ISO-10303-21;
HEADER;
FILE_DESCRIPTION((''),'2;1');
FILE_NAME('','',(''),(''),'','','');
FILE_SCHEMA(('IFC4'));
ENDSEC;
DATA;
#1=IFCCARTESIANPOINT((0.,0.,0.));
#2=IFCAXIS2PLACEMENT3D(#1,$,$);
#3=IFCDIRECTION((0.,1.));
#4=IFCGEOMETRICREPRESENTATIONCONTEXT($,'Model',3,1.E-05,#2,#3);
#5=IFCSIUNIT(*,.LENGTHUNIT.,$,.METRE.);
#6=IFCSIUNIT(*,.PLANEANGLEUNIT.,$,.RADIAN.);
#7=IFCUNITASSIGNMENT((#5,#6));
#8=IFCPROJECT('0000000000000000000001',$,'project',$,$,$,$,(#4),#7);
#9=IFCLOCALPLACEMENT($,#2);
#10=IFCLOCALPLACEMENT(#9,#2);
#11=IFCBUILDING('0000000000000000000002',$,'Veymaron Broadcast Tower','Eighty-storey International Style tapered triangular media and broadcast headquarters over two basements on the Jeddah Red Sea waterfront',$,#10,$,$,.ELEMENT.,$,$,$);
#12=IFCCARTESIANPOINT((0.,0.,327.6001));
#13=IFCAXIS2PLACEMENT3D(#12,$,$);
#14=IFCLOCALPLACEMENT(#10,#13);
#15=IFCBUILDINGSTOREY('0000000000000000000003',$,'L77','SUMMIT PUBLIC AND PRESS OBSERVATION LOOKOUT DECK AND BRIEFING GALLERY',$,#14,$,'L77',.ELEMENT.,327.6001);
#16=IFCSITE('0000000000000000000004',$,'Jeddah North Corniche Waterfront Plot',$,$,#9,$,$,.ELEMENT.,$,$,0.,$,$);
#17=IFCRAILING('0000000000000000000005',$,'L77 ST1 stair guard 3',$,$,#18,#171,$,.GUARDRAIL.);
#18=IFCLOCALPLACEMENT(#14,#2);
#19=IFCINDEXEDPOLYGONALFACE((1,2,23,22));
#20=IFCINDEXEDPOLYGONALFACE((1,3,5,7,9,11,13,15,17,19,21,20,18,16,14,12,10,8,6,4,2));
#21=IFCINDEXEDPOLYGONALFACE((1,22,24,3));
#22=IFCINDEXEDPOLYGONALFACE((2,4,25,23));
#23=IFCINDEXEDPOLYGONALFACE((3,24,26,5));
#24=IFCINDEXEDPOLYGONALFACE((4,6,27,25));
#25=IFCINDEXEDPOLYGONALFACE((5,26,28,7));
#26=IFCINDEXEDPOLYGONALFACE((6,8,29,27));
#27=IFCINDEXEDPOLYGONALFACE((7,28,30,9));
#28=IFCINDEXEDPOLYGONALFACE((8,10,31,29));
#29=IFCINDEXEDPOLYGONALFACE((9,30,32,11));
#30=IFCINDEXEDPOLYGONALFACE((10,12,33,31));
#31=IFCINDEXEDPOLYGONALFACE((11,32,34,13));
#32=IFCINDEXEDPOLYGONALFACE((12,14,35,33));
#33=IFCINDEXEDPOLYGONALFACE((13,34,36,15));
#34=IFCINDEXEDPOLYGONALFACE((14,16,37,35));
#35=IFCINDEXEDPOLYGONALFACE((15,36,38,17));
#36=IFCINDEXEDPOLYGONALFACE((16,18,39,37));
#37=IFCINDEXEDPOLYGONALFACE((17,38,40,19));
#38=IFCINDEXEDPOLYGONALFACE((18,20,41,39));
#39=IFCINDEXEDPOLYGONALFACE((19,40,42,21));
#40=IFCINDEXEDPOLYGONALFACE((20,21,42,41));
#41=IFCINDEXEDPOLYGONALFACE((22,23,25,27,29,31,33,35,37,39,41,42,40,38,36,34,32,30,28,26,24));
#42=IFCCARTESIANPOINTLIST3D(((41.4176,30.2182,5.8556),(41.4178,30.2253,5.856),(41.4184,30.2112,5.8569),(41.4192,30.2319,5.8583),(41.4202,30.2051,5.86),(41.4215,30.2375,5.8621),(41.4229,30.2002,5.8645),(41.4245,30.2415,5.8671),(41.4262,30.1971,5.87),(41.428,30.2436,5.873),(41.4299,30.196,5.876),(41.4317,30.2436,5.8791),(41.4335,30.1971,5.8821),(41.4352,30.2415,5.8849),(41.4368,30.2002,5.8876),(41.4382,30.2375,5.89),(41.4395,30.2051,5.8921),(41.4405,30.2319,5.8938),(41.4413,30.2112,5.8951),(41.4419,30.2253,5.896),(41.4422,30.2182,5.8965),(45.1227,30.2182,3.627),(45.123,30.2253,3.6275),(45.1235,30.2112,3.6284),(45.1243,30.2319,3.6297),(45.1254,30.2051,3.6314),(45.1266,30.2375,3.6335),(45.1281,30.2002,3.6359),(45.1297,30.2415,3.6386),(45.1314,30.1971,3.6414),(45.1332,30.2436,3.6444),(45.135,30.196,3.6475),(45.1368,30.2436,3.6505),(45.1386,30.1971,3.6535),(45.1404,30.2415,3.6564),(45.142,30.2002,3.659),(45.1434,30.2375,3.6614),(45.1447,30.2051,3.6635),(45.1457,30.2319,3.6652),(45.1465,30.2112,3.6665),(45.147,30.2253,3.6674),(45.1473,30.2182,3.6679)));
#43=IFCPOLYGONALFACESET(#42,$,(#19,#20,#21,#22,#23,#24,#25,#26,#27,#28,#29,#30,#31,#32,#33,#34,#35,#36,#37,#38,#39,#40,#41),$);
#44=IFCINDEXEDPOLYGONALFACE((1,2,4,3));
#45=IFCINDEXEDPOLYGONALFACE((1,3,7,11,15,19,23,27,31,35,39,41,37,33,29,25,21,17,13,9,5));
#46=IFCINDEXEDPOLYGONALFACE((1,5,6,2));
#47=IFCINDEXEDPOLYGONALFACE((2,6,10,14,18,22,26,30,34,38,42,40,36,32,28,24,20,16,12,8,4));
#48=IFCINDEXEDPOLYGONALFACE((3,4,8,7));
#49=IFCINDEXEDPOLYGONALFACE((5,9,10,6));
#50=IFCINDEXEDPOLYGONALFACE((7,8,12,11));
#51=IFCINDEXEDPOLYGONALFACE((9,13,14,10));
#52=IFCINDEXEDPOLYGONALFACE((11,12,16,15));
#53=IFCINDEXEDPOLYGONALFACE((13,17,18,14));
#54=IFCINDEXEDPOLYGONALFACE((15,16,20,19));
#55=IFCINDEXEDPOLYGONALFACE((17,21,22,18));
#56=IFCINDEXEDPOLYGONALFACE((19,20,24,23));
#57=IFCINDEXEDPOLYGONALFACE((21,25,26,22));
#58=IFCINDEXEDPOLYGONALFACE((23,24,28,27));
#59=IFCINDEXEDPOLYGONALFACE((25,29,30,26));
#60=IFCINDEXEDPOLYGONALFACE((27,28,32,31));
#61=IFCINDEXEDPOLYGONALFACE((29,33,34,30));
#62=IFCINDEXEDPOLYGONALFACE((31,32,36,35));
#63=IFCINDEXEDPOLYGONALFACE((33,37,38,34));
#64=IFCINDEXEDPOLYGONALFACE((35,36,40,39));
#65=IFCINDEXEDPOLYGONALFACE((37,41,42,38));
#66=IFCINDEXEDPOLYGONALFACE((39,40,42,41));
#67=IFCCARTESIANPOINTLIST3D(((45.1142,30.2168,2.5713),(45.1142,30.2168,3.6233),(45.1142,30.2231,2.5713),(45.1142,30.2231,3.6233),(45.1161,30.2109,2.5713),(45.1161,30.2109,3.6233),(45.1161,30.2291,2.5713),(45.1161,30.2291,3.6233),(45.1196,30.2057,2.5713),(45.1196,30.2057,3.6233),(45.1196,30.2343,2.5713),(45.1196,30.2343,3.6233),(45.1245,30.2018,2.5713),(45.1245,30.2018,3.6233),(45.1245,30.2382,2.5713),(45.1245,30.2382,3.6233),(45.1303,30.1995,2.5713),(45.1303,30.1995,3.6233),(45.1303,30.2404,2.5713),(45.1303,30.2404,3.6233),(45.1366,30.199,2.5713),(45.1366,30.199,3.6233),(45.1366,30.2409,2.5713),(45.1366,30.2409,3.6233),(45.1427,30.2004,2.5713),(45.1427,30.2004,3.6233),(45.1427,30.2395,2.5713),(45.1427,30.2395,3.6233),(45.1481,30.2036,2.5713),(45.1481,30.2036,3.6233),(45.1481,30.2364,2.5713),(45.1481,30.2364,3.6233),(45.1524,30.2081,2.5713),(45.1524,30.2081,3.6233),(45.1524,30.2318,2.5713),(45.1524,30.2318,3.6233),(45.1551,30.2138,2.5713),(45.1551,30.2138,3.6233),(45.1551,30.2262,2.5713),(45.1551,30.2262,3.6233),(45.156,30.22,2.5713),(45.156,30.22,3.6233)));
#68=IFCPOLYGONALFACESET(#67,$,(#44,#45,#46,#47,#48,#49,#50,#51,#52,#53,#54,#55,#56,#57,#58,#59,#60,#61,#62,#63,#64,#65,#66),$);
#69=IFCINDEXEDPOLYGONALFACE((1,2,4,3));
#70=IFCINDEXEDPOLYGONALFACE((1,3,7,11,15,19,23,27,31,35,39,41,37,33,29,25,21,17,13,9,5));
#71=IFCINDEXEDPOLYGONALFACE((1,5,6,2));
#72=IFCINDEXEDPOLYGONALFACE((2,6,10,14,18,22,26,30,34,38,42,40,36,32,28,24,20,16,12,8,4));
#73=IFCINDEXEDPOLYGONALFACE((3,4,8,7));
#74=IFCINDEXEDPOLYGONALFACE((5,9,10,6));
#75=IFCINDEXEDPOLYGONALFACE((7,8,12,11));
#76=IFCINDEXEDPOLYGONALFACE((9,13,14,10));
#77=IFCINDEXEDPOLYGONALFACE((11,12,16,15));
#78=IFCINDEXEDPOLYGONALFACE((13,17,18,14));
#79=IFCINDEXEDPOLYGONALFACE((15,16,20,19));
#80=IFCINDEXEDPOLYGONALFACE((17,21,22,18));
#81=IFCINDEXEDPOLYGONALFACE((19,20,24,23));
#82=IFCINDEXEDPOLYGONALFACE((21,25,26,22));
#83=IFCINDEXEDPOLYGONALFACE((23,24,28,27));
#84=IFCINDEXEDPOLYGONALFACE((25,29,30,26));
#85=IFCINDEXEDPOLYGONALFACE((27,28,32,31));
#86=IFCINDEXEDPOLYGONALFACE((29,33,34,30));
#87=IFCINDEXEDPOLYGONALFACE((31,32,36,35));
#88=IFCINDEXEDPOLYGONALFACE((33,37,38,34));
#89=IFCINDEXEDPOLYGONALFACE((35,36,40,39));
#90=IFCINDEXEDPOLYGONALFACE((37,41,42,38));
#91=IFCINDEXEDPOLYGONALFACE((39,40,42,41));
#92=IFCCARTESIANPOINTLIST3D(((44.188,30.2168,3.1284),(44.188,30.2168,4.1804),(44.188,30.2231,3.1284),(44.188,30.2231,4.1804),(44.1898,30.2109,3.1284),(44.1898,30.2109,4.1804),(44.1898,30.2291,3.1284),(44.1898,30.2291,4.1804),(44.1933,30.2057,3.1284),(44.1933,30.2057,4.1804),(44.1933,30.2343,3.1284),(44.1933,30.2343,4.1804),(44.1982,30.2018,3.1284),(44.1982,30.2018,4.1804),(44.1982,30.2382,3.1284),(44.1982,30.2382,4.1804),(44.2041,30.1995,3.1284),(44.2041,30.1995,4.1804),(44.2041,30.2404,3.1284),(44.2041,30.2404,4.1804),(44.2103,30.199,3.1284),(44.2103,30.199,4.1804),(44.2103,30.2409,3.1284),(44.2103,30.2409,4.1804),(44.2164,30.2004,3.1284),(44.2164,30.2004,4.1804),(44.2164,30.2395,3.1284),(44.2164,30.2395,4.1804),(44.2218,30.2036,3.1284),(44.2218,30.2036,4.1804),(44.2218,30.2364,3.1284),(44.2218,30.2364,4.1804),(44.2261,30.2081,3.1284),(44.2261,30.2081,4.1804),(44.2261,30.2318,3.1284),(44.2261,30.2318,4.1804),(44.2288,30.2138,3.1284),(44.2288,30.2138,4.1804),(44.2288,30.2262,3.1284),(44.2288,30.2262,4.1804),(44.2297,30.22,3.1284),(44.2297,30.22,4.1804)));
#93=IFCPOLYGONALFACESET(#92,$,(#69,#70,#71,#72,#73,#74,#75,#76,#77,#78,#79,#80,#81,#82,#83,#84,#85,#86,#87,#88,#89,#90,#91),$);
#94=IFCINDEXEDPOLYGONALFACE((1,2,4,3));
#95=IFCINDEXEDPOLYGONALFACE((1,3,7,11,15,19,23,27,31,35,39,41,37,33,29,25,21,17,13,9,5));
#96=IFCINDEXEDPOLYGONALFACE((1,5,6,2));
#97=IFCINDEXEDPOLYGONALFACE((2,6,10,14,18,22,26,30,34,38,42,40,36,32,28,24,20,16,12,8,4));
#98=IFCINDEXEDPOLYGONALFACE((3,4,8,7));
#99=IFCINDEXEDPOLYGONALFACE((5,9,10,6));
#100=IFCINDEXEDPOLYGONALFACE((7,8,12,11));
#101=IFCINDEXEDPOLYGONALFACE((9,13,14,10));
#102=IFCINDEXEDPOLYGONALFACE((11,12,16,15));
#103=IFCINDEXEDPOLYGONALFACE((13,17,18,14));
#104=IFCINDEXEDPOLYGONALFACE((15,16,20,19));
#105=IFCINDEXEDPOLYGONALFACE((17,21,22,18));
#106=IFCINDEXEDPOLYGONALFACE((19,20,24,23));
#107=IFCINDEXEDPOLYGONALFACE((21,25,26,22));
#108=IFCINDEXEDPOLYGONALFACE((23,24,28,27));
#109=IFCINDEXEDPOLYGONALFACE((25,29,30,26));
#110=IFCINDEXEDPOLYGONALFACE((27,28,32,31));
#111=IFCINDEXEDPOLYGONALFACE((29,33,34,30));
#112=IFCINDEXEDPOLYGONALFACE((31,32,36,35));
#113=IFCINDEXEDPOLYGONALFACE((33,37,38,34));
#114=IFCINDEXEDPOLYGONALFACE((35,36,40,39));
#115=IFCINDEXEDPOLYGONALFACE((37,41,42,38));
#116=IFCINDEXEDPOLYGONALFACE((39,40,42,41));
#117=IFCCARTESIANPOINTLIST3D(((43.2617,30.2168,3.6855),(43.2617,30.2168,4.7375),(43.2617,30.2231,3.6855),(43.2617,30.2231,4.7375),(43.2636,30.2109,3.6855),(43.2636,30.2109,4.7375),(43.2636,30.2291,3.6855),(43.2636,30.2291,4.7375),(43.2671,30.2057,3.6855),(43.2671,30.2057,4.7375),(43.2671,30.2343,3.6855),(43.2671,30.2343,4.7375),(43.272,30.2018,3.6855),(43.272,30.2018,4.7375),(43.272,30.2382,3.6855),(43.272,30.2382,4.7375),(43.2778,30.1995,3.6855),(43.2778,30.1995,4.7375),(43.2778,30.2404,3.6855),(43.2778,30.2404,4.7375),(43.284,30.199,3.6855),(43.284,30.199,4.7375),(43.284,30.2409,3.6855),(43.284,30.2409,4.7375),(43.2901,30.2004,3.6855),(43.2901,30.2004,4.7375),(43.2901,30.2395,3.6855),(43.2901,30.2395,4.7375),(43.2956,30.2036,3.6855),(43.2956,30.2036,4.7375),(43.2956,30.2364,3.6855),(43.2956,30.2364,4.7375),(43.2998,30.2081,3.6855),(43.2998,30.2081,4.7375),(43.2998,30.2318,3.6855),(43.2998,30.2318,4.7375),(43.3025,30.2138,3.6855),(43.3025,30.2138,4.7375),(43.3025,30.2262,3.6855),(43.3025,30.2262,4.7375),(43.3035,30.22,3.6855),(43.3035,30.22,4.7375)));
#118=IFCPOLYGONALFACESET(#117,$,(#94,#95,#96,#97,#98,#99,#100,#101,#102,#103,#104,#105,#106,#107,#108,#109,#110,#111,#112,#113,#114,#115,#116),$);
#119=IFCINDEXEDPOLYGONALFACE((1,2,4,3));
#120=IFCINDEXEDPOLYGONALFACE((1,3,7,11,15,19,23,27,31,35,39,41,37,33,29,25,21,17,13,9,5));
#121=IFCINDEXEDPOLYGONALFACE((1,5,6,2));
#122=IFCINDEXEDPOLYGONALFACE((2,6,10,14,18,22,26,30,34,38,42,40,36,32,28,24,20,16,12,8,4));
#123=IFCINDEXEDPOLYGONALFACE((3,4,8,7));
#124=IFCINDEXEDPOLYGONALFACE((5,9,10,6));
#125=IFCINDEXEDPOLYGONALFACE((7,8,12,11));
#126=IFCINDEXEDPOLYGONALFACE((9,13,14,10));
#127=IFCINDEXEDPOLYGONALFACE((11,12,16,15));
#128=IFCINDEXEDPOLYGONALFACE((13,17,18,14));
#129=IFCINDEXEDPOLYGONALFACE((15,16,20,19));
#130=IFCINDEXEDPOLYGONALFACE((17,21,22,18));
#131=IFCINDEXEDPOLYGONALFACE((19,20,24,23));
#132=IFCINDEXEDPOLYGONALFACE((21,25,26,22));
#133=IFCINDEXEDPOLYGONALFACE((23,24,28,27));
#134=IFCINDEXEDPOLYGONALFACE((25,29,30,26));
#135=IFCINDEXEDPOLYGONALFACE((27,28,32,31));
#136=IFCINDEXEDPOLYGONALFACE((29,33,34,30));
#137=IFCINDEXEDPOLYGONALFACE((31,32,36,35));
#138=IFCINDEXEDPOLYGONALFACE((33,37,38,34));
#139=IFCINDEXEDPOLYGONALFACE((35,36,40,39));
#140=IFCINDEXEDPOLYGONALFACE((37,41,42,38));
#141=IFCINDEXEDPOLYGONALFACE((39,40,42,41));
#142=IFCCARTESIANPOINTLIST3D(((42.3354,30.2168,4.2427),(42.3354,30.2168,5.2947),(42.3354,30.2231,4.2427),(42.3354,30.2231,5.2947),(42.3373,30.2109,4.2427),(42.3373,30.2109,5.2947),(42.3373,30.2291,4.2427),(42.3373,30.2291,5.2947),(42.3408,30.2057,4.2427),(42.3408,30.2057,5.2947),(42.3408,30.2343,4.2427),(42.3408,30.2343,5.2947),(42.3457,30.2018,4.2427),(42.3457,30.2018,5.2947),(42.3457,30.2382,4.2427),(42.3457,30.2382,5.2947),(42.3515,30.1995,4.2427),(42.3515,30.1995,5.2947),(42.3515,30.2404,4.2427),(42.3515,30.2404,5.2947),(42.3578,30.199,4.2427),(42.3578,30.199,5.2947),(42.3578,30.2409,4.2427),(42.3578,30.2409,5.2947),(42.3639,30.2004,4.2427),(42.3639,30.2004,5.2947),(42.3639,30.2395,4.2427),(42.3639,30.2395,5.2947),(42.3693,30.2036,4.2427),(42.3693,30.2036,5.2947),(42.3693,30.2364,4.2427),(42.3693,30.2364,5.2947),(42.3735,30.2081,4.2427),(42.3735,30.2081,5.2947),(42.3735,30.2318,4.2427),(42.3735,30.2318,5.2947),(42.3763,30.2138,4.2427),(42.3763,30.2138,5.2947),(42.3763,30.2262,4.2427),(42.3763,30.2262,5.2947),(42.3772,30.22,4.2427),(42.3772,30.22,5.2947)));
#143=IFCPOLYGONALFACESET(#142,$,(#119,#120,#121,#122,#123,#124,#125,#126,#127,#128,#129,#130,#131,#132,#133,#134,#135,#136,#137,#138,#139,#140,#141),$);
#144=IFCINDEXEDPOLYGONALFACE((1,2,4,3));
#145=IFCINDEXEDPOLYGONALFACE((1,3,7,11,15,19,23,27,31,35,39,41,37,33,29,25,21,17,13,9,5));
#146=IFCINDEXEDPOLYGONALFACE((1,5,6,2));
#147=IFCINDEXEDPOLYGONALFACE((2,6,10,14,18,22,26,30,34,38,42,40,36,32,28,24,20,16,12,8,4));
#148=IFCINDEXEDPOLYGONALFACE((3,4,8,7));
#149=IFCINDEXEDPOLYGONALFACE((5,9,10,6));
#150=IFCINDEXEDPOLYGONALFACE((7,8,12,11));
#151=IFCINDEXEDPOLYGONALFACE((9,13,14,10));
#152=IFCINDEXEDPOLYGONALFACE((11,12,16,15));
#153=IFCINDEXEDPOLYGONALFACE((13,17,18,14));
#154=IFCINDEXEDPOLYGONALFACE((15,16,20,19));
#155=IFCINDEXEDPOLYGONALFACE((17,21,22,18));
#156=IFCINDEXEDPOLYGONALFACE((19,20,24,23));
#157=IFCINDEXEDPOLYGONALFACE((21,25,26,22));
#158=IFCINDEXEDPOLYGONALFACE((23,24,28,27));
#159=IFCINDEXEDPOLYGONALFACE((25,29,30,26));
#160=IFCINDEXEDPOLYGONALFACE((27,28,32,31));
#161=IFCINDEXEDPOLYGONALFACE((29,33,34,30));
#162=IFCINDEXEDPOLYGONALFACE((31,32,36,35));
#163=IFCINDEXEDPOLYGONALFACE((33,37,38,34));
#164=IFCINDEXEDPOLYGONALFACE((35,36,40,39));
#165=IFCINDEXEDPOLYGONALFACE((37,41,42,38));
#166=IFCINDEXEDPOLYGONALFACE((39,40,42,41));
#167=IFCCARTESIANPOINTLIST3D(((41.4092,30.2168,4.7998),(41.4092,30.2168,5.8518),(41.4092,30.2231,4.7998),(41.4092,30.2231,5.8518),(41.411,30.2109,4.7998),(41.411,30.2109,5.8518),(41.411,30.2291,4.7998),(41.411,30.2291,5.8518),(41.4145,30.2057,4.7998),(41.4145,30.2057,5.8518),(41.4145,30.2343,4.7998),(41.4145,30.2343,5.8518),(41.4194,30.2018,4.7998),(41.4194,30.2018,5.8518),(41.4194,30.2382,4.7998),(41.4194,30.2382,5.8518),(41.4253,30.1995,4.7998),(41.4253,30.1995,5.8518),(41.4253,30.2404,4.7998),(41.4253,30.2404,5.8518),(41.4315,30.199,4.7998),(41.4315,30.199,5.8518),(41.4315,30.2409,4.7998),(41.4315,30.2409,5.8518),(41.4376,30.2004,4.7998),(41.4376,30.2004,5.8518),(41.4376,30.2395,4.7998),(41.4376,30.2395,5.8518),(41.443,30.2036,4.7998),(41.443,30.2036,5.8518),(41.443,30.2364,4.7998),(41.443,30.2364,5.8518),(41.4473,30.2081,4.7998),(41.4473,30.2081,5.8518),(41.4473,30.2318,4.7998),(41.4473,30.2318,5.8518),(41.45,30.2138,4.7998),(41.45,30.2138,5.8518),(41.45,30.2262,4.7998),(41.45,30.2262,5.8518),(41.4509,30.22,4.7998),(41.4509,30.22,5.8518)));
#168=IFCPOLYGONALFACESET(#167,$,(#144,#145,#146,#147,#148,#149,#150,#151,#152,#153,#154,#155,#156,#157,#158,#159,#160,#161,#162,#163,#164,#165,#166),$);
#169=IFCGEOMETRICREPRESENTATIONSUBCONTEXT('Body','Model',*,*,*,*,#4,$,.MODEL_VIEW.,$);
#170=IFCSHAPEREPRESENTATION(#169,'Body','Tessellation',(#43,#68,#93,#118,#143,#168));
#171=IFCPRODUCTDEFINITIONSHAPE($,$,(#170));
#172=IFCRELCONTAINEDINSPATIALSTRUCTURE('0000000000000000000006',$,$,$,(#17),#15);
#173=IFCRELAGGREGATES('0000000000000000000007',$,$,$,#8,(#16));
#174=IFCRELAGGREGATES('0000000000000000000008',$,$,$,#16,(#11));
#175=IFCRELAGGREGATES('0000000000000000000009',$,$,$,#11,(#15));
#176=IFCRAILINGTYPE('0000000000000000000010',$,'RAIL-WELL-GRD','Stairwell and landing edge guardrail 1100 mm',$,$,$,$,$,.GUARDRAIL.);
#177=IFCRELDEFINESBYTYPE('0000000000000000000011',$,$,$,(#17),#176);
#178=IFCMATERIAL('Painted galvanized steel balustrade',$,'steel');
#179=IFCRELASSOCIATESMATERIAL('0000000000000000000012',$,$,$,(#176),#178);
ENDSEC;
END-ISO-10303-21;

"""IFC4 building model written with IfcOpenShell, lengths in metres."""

from ifc_helpers import new_model, si_unit, direction, frame, origin, origin_2d, place, context, subcontext, project, spatial, circle, extrude, material, type_object, element, save


model = new_model("IFC4")

# Units and contexts
model_context = context("Model", 3, precision=1e-05, world=origin(), true_north=direction((0.0, 1.0)))
body_context = subcontext(model_context, "Body", "Model", "MODEL_VIEW")
ifc_project = project(units=[si_unit("LENGTHUNIT", "METRE"), si_unit("PLANEANGLEUNIT", "RADIAN")], contexts=[model_context])

# Site, building, storey
site_placement = place(None, origin())
site = spatial("IfcSite", under=ifc_project, at=site_placement, Name="Jeddah North Corniche Waterfront Plot", CompositionType="ELEMENT", RefElevation=0.0)
building_placement = place(site_placement, origin())
building = spatial("IfcBuilding", under=site, at=building_placement, Name="Veymaron Broadcast Tower", Description="Eighty-storey International Style tapered triangular media and broadcast headquarters over two basements on the Jeddah Red Sea waterfront", CompositionType="ELEMENT")
storey_placement = place(building_placement, frame((0.0, 0.0, 327.6001)))
storey = spatial("IfcBuildingStorey", under=building, at=storey_placement, Name="L77", Description="SUMMIT PUBLIC AND PRESS OBSERVATION LOOKOUT DECK AND BRIEFING GALLERY", LongName="L77", CompositionType="ELEMENT", Elevation=327.6001)

# Railing
ifc_material_1 = material(Name="Painted galvanized steel balustrade", Category="steel")
railing_type_1 = type_object("IfcRailingType", Name="RAIL-WELL-GRD", Description="Stairwell and landing edge guardrail 1100 mm", PredefinedType="GUARDRAIL", material=ifc_material_1)
railing_1_placement = place(storey_placement, frame((45.135, 30.22, 2.5713)))
element("IfcRailing", 1, at=railing_1_placement, inside=storey, type_object=railing_type_1, Name="L77 ST1 stair guard 3", PredefinedType="GUARDRAIL", context=body_context, shape_type="SweptSolid", body=[
    extrude(circle(Radius=0.0239, at=origin_2d()), frame((0.0, 0.0, 1.0762), z_axis=(-0.856934, 0.0, 0.515425), x_axis=(0.0, -1.0, 0.0)), (0.0, 0.0, 1.0), 4.3237),
    extrude(circle(Radius=0.021, at=origin_2d()), origin(), (0.0, 0.0, 1.0), 1.052),
    extrude(circle(Radius=0.021, at=origin_2d()), frame((-0.9263, 0.0, 0.5571)), (0.0, 0.0, 1.0), 1.052),
    extrude(circle(Radius=0.021, at=origin_2d()), frame((-1.8525, 0.0, 1.1143)), (0.0, 0.0, 1.0), 1.052),
    extrude(circle(Radius=0.021, at=origin_2d()), frame((-2.7788, 0.0, 1.6714)), (0.0, 0.0, 1.0), 1.052),
    extrude(circle(Radius=0.021, at=origin_2d()), frame((-3.7051, 0.0, 2.2285)), (0.0, 0.0, 1.0), 1.052),
])

save(model, "model.ifc")
